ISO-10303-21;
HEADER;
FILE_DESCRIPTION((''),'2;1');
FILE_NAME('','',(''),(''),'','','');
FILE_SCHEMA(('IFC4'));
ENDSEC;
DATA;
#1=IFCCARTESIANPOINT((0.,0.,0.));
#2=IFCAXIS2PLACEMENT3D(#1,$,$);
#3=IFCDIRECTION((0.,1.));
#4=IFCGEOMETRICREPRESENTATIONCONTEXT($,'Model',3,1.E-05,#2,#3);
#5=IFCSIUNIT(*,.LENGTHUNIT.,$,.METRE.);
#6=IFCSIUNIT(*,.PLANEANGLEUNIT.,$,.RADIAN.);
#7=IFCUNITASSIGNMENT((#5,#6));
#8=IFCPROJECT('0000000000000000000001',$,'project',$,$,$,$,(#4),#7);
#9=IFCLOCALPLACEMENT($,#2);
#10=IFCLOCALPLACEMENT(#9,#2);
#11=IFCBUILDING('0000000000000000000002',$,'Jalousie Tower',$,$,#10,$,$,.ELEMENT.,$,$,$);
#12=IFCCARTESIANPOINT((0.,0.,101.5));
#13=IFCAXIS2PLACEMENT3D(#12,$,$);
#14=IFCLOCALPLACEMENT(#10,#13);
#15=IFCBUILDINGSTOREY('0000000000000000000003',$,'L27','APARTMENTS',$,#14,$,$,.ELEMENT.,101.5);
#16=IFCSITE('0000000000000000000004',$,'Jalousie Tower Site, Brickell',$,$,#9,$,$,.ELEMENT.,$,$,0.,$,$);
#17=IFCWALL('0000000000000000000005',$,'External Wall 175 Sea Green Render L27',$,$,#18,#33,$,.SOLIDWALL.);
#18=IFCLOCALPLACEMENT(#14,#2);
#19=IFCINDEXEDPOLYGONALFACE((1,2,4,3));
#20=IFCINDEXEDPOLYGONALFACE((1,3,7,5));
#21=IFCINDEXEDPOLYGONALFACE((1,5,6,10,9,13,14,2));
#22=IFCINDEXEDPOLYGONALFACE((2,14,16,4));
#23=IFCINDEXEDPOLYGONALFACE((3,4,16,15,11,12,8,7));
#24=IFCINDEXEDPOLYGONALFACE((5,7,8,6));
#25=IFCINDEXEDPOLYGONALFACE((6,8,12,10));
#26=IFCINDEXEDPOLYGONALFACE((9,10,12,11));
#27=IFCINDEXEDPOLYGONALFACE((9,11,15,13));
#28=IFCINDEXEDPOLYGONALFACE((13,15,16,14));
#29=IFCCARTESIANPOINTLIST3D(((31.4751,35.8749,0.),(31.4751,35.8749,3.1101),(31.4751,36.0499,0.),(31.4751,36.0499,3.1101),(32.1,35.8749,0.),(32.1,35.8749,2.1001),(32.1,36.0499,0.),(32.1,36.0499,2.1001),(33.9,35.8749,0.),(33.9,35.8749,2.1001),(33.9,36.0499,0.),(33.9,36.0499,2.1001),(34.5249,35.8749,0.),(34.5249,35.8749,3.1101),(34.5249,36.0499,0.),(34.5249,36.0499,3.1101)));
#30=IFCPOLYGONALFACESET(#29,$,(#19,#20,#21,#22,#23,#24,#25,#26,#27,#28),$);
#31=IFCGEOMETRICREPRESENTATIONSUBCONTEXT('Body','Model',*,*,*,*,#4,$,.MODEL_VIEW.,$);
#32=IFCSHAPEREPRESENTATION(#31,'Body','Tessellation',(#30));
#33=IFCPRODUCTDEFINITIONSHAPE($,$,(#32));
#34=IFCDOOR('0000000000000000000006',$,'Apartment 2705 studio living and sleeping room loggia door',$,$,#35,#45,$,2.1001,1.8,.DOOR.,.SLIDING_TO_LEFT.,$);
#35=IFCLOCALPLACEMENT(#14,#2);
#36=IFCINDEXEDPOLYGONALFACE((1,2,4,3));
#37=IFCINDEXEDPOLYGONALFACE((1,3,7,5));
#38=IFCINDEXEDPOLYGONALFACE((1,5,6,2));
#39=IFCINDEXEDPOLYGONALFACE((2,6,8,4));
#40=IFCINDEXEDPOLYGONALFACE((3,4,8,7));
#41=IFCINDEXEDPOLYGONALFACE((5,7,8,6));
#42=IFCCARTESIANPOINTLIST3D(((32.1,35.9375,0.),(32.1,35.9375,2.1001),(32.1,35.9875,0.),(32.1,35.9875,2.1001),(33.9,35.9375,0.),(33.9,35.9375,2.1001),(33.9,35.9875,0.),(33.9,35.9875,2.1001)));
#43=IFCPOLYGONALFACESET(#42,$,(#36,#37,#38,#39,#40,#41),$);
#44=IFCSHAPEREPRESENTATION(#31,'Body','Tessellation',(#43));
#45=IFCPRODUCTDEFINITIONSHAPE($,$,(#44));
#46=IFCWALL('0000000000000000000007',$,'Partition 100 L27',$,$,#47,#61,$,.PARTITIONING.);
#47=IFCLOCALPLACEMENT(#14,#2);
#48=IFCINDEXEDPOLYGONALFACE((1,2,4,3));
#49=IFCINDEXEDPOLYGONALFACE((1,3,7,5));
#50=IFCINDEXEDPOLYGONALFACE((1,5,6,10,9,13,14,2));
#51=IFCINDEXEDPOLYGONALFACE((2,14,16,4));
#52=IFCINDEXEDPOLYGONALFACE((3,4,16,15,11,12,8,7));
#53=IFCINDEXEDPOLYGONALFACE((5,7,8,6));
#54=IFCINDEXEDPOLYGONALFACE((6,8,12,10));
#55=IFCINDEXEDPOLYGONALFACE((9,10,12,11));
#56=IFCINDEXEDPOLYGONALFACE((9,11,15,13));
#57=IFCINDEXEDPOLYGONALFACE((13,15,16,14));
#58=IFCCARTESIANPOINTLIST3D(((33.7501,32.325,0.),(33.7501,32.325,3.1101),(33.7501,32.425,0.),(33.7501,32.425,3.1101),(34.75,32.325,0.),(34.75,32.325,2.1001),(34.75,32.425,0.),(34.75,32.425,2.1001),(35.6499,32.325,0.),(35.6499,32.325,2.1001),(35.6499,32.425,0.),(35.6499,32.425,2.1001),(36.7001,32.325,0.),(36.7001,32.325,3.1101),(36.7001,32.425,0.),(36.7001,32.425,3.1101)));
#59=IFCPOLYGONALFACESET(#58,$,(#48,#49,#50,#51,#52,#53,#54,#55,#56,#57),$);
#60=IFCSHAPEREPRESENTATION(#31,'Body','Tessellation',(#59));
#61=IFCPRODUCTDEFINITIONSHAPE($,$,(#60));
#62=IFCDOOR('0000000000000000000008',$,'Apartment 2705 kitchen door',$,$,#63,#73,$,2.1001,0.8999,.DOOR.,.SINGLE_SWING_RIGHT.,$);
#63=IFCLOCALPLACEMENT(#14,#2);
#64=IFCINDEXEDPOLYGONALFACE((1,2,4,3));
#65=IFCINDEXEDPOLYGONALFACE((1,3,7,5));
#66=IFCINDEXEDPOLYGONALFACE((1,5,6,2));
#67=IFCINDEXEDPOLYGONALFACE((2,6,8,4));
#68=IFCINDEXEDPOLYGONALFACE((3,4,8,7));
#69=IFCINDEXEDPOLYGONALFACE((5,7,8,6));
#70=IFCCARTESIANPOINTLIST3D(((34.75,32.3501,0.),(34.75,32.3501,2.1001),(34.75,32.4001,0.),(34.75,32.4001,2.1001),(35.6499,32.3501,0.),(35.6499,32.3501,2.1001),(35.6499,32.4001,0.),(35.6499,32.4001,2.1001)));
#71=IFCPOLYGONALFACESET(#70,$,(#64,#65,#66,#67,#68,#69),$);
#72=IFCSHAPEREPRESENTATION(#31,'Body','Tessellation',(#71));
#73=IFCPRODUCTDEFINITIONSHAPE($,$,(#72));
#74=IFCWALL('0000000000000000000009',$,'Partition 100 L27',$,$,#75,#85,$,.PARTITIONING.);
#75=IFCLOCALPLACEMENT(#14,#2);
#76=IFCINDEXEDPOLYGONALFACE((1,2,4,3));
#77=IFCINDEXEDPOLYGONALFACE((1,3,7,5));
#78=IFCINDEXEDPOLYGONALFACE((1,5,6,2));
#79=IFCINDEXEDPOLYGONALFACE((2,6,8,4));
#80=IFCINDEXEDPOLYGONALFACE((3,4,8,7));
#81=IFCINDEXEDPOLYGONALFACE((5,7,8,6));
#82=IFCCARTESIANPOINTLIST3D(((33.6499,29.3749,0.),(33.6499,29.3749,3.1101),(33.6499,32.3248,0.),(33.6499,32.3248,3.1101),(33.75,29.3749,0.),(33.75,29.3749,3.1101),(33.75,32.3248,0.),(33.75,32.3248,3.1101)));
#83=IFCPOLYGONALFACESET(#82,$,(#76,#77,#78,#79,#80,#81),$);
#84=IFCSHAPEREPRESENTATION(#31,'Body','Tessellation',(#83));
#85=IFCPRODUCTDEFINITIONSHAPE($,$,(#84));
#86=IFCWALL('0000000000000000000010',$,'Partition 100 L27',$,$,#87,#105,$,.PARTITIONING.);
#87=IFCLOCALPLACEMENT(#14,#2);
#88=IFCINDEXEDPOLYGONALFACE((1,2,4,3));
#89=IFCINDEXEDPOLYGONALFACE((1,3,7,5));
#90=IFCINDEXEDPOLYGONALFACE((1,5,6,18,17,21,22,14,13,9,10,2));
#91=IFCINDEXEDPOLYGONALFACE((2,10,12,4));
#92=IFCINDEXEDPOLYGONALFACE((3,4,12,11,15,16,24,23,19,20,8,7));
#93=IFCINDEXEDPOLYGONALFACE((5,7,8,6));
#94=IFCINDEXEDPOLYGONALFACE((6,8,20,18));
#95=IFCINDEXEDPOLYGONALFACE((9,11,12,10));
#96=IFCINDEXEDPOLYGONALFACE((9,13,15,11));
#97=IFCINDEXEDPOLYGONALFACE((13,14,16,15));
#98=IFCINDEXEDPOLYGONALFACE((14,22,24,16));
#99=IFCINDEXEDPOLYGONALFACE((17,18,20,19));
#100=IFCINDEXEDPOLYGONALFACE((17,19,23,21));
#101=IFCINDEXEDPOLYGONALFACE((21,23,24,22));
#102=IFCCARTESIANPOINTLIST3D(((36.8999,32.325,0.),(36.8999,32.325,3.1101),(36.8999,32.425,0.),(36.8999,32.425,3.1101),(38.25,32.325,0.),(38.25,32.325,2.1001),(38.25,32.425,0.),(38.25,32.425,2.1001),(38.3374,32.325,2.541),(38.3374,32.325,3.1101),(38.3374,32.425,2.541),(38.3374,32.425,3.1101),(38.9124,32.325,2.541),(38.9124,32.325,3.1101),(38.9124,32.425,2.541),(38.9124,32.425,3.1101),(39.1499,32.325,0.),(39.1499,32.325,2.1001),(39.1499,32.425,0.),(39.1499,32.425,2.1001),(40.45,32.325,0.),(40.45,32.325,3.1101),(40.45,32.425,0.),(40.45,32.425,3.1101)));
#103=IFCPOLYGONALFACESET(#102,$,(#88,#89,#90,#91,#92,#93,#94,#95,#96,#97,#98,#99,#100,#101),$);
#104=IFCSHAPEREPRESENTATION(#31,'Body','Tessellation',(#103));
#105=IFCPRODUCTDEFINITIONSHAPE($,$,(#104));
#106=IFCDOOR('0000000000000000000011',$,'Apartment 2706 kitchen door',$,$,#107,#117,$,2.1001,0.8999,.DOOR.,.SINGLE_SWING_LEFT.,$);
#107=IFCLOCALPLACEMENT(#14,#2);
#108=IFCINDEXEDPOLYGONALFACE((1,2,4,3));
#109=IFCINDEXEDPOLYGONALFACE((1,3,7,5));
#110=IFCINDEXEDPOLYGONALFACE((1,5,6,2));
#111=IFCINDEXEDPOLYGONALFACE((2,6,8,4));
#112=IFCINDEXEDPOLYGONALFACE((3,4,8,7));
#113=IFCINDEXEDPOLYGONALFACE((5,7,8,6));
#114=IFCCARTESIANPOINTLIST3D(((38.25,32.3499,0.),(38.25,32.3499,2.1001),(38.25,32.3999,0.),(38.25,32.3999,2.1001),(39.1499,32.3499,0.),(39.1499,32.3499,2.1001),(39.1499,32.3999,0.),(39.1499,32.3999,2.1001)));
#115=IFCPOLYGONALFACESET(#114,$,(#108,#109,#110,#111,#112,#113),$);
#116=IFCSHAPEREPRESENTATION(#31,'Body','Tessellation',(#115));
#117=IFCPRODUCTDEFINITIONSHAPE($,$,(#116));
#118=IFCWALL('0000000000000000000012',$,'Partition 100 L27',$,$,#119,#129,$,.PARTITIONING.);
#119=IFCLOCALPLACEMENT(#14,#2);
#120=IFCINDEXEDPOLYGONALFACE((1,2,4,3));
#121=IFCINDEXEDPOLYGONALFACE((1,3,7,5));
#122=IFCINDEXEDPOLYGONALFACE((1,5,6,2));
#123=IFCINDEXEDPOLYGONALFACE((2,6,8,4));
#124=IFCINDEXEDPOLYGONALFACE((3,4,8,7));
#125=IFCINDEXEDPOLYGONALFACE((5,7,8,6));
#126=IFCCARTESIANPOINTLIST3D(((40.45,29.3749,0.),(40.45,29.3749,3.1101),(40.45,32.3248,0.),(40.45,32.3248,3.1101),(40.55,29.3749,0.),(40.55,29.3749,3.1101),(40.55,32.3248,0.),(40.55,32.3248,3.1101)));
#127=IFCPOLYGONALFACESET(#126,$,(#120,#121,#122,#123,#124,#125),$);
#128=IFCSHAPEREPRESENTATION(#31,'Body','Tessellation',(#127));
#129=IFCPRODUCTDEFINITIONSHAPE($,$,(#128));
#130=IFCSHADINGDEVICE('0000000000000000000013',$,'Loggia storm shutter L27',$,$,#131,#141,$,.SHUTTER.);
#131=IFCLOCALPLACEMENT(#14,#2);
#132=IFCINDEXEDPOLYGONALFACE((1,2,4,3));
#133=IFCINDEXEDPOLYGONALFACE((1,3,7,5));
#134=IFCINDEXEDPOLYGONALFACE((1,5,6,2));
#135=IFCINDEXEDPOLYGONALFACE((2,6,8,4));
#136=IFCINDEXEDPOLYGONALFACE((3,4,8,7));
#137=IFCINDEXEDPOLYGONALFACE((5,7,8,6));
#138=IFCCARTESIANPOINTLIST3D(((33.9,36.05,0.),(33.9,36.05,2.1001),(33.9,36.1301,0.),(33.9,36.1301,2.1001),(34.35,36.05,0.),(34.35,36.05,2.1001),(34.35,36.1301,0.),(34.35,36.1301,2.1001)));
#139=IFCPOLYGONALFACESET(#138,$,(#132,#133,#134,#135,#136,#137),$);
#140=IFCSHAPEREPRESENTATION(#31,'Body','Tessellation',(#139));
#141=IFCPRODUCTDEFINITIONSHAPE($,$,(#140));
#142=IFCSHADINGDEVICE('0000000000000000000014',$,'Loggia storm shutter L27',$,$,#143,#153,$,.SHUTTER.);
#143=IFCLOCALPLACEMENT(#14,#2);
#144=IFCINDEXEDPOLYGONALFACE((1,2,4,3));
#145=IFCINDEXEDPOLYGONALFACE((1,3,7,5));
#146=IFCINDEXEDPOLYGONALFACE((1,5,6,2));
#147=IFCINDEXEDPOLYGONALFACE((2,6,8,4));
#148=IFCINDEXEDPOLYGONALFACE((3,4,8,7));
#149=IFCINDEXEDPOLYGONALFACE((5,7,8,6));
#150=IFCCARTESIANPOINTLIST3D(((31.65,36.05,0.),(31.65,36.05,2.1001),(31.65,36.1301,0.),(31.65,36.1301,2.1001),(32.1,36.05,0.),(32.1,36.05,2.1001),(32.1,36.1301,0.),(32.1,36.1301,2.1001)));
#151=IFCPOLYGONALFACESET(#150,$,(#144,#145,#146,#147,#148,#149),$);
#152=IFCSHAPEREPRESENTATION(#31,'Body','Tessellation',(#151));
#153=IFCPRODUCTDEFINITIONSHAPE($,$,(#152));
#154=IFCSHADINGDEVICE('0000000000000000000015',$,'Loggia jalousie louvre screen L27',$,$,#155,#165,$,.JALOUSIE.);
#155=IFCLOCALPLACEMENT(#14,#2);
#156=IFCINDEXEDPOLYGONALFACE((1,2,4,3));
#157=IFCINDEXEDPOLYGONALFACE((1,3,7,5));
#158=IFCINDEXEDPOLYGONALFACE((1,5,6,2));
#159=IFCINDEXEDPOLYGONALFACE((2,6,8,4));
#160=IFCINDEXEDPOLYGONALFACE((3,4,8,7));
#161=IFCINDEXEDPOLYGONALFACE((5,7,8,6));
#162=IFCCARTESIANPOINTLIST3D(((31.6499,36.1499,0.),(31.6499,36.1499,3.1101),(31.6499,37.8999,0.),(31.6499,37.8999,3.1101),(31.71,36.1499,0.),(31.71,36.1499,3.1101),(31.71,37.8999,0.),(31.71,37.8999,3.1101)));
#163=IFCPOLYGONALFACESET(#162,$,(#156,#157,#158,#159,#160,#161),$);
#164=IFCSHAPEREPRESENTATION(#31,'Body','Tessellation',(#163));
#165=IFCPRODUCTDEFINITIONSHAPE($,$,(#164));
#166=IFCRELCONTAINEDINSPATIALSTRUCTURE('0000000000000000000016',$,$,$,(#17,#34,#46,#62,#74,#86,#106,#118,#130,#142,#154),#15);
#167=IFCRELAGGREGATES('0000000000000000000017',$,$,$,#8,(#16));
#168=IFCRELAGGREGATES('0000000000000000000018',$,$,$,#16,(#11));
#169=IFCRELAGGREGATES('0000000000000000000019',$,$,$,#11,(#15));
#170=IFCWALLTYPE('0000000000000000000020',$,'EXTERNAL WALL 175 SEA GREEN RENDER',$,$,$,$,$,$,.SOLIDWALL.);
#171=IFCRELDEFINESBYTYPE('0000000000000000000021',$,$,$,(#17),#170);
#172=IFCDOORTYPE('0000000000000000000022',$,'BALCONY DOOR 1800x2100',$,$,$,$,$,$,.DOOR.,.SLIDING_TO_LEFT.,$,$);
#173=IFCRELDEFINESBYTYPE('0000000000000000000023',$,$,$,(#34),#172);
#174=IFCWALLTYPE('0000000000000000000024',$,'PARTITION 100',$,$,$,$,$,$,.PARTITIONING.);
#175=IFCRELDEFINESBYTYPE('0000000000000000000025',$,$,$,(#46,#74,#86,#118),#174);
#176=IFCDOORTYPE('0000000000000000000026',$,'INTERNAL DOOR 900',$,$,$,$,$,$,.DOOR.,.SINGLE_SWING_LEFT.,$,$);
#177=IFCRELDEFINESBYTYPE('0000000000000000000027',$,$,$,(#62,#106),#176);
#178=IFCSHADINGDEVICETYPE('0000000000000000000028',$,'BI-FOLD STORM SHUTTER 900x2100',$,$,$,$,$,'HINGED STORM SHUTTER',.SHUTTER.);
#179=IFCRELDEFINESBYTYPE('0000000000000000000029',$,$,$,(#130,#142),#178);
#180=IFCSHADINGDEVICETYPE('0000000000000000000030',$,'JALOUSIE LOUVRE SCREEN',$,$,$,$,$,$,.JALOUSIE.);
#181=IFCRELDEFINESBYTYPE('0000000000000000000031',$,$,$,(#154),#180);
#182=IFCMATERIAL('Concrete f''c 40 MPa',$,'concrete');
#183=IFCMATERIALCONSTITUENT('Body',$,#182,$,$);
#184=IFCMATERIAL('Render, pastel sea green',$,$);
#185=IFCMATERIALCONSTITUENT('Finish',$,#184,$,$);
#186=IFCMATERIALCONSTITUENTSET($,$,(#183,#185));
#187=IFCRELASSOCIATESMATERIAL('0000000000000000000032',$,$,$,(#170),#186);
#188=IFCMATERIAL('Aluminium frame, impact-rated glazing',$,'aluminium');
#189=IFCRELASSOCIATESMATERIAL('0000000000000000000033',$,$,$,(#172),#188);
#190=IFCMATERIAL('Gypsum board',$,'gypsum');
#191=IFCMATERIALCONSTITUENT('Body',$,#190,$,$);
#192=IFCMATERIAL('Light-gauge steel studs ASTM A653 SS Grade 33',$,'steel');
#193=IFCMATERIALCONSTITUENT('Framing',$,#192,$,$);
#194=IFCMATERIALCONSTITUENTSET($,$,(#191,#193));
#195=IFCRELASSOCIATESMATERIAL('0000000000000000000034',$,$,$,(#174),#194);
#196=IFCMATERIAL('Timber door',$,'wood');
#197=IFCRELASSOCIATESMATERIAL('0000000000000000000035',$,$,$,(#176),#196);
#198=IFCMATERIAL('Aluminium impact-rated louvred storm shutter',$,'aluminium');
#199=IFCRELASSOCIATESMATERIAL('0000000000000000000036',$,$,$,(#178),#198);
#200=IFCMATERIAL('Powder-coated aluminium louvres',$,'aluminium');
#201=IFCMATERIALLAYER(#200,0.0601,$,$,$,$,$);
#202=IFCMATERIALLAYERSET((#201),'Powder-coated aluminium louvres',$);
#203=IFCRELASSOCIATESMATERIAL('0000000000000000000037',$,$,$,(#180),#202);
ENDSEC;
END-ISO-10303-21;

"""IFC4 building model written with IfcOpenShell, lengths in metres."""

from ifc_helpers import new_model, si_unit, direction, frame, frame_2d, origin, origin_2d, place, context, subcontext, project, spatial, polyline, rectangle, outline, extrude, material, layer, layer_set, constituent, constituent_set, type_object, element, fill, save


model = new_model("IFC4")

# Units and contexts
model_context = context("Model", 3, precision=1e-05, world=origin(), true_north=direction((0.0, 1.0)))
body_context = subcontext(model_context, "Body", "Model", "MODEL_VIEW")
ifc_project = project(units=[si_unit("LENGTHUNIT", "METRE"), si_unit("PLANEANGLEUNIT", "RADIAN")], contexts=[model_context])

# Site, building, storey
site_placement = place(None, origin())
site = spatial("IfcSite", under=ifc_project, at=site_placement, Name="Jalousie Tower Site, Brickell", CompositionType="ELEMENT", RefElevation=0.0)
building_placement = place(site_placement, origin())
building = spatial("IfcBuilding", under=site, at=building_placement, Name="Jalousie Tower", CompositionType="ELEMENT")
storey_placement = place(building_placement, frame((0.0, 0.0, 101.5)))
storey = spatial("IfcBuildingStorey", under=building, at=storey_placement, Name="L27", Description="APARTMENTS", CompositionType="ELEMENT", Elevation=101.5)

# Walls, openings, doors
ifc_material_1 = material(Name="Concrete f'c 40 MPa", Category="concrete")
ifc_constituent_1 = constituent(ifc_material_1, Name="Body")
ifc_material_2 = material(Name="Render, pastel sea green")
ifc_constituent_2 = constituent(ifc_material_2, Name="Finish")
ifc_constituent_set_1 = constituent_set(constituents=[ifc_constituent_1, ifc_constituent_2])
wall_type_1 = type_object("IfcWallType", Name="EXTERNAL WALL 175 SEA GREEN RENDER", PredefinedType="SOLIDWALL", material=ifc_constituent_set_1)
wall_1_placement = place(storey_placement, frame((34.5249, 35.9624, 0.0), z_axis=(0.0, 0.0, 1.0), x_axis=(-1.0, 0.0, 0.0)))
wall_1 = element("IfcWall", 1, at=wall_1_placement, inside=storey, type_object=wall_type_1, Name="External Wall 175 Sea Green Render L27", PredefinedType="SOLIDWALL", context=body_context, shape_type="SweptSolid", body=[
    extrude(rectangle(XDim=3.0498, YDim=0.175, at=frame_2d((1.5249, 0.0))), origin(), (0.0, 0.0, 1.0), 3.1101),
])
opening_1_placement = place(wall_1_placement, frame((0.625, 0.0, 0.0)))
opening_1 = element("IfcOpeningElement", 2, at=opening_1_placement, cuts=wall_1, PredefinedType="OPENING", context=body_context, shape_type="SweptSolid", body=[
    extrude(rectangle(XDim=1.8, YDim=2.1001, at=frame_2d((0.8999, 1.05))), frame((0.0, 0.0974, 0.0), z_axis=(0.0, -1.0, 0.0), x_axis=(1.0, 0.0, 0.0)), (0.0, 0.0, 1.0), 0.1951),
])
ifc_material_3 = material(Name="Aluminium frame, impact-rated glazing", Category="aluminium")
door_type_1 = type_object("IfcDoorType", Name="BALCONY DOOR 1800x2100", OperationType="SLIDING_TO_LEFT", PredefinedType="DOOR", material=ifc_material_3)
door_1_placement = place(opening_1_placement, origin())
door_1 = element("IfcDoor", 3, at=door_1_placement, inside=storey, type_object=door_type_1, Name="Apartment 2705 studio living and sleeping room loggia door", OperationType="SLIDING_TO_LEFT", OverallHeight=2.1001, OverallWidth=1.8, PredefinedType="DOOR", context=body_context, shape_type="SweptSolid", body=[
    extrude(rectangle(XDim=1.8, YDim=2.1001, at=frame_2d((0.8999, 1.05))), frame((0.0, 0.0249, 0.0), z_axis=(0.0, -1.0, 0.0), x_axis=(1.0, 0.0, 0.0)), (0.0, 0.0, 1.0), 0.05),
])
fill(opening_1, door_1)
ifc_material_4 = material(Name="Gypsum board", Category="gypsum")
ifc_constituent_3 = constituent(ifc_material_4, Name="Body")
ifc_material_5 = material(Name="Light-gauge steel studs ASTM A653 SS Grade 33", Category="steel")
ifc_constituent_4 = constituent(ifc_material_5, Name="Framing")
ifc_constituent_set_2 = constituent_set(constituents=[ifc_constituent_3, ifc_constituent_4])
wall_type_2 = type_object("IfcWallType", Name="PARTITION 100", PredefinedType="PARTITIONING", material=ifc_constituent_set_2)
wall_2_placement = place(storey_placement, frame((33.75, 32.375, 0.0), z_axis=(0.0, 0.0, 1.0), x_axis=(1.0, 0.0, 0.0)))
wall_2 = element("IfcWall", 4, at=wall_2_placement, inside=storey, type_object=wall_type_2, Name="Partition 100 L27", PredefinedType="PARTITIONING", context=body_context, shape_type="SweptSolid", body=[
    extrude(rectangle(XDim=2.95, YDim=0.1001, at=frame_2d((1.4751, 0.0))), origin(), (0.0, 0.0, 1.0), 3.1101),
])
opening_2_placement = place(wall_2_placement, frame((1.0, 0.0, 0.0)))
opening_2 = element("IfcOpeningElement", 5, at=opening_2_placement, cuts=wall_2, PredefinedType="OPENING", context=body_context, shape_type="SweptSolid", body=[
    extrude(rectangle(XDim=0.8999, YDim=2.1001, at=frame_2d((0.45, 1.05))), frame((0.0, 0.0601, 0.0), z_axis=(0.0, -1.0, 0.0), x_axis=(1.0, 0.0, 0.0)), (0.0, 0.0, 1.0), 0.1201),
])
ifc_material_6 = material(Name="Timber door", Category="wood")
door_type_2 = type_object("IfcDoorType", Name="INTERNAL DOOR 900", OperationType="SINGLE_SWING_LEFT", PredefinedType="DOOR", material=ifc_material_6)
door_2_placement = place(opening_2_placement, frame((0.8999, 0.0, 0.0), z_axis=(0.0, 0.0, 1.0), x_axis=(-1.0, 0.0, 0.0)))
door_2 = element("IfcDoor", 6, at=door_2_placement, inside=storey, type_object=door_type_2, Name="Apartment 2705 kitchen door", OperationType="SINGLE_SWING_RIGHT", OverallHeight=2.1001, OverallWidth=0.8999, PredefinedType="DOOR", context=body_context, shape_type="SweptSolid", body=[
    extrude(rectangle(XDim=0.8999, YDim=2.1001, at=frame_2d((0.45, 1.05))), frame((0.0, 0.0249, 0.0), z_axis=(0.0, -1.0, 0.0), x_axis=(1.0, 0.0, 0.0)), (0.0, 0.0, 1.0), 0.05),
])
fill(opening_2, door_2)

# Wall
wall_3_placement = place(storey_placement, frame((33.7, 32.325, 0.0), z_axis=(0.0, 0.0, 1.0), x_axis=(0.0, -1.0, 0.0)))
element("IfcWall", 7, at=wall_3_placement, inside=storey, type_object=wall_type_2, Name="Partition 100 L27", PredefinedType="PARTITIONING", context=body_context, shape_type="SweptSolid", body=[
    extrude(rectangle(XDim=2.95, YDim=0.1001, at=frame_2d((1.4751, 0.0))), origin(), (0.0, 0.0, 1.0), 3.1101),
])

# Wall, opening, door
wall_4_placement = place(storey_placement, frame((36.8999, 32.375, 0.0), z_axis=(0.0, 0.0, 1.0), x_axis=(1.0, 0.0, 0.0)))
wall_4 = element("IfcWall", 8, at=wall_4_placement, inside=storey, type_object=wall_type_2, Name="Partition 100 L27", PredefinedType="PARTITIONING", context=body_context, shape_type="SweptSolid", body=[
    extrude(outline(polyline([(0.0, 0.0), (3.55, 0.0), (3.55, 3.1101), (2.0125, 3.1101), (2.0125, 2.541), (1.4375, 2.541), (1.4375, 3.1101), (0.0, 3.1101), (0.0, 0.0)])), frame((0.0, 0.05, 0.0), z_axis=(0.0, -1.0, 0.0), x_axis=(1.0, 0.0, 0.0)), (0.0, 0.0, 1.0), 0.1001),
])
opening_3_placement = place(wall_4_placement, frame((1.3501, 0.0, 0.0)))
opening_3 = element("IfcOpeningElement", 9, at=opening_3_placement, cuts=wall_4, PredefinedType="OPENING", context=body_context, shape_type="SweptSolid", body=[
    extrude(rectangle(XDim=0.8999, YDim=2.1001, at=frame_2d((0.45, 1.05))), frame((0.0, 0.0601, 0.0), z_axis=(0.0, -1.0, 0.0), x_axis=(1.0, 0.0, 0.0)), (0.0, 0.0, 1.0), 0.1201),
])
door_3_placement = place(opening_3_placement, origin())
door_3 = element("IfcDoor", 10, at=door_3_placement, inside=storey, type_object=door_type_2, Name="Apartment 2706 kitchen door", OperationType="SINGLE_SWING_LEFT", OverallHeight=2.1001, OverallWidth=0.8999, PredefinedType="DOOR", context=body_context, shape_type="SweptSolid", body=[
    extrude(rectangle(XDim=0.8999, YDim=2.1001, at=frame_2d((0.45, 1.05))), frame((0.0, 0.0249, 0.0), z_axis=(0.0, -1.0, 0.0), x_axis=(1.0, 0.0, 0.0)), (0.0, 0.0, 1.0), 0.05),
])
fill(opening_3, door_3)

# Wall
wall_5_placement = place(storey_placement, frame((40.5, 32.325, 0.0), z_axis=(0.0, 0.0, 1.0), x_axis=(0.0, -1.0, 0.0)))
element("IfcWall", 11, at=wall_5_placement, inside=storey, type_object=wall_type_2, Name="Partition 100 L27", PredefinedType="PARTITIONING", context=body_context, shape_type="SweptSolid", body=[
    extrude(rectangle(XDim=2.95, YDim=0.1001, at=frame_2d((1.4751, 0.0))), origin(), (0.0, 0.0, 1.0), 3.1101),
])

# Shading devices
ifc_material_7 = material(Name="Aluminium impact-rated louvred storm shutter", Category="aluminium")
shading_device_type_1 = type_object("IfcShadingDeviceType", Name="BI-FOLD STORM SHUTTER 900x2100", ElementType="HINGED STORM SHUTTER", PredefinedType="SHUTTER", material=ifc_material_7)
for number, where, z_axis, x_axis, name in (
    (12, (34.125, 36.0901, 0.0), (0.0, 0.0, 1.0), (-1.0, 0.0, 0.0), "Loggia storm shutter L27"),
    (13, (31.875, 36.0901, 0.0), (0.0, 0.0, 1.0), (-1.0, 0.0, 0.0), "Loggia storm shutter L27"),
):
    element("IfcShadingDevice", number, at=place(storey_placement, frame(where, z_axis=z_axis, x_axis=x_axis)), inside=storey, type_object=shading_device_type_1, Name=name, PredefinedType="SHUTTER", context=body_context, shape_type="SweptSolid", body=[
        extrude(rectangle(XDim=0.45, YDim=0.0801, at=origin_2d()), origin(), (0.0, 0.0, 1.0), 2.1001),
    ])
ifc_material_8 = material(Name="Powder-coated aluminium louvres", Category="aluminium")
ifc_layer_1 = layer(ifc_material_8, 0.0601)
ifc_layer_set_1 = layer_set([ifc_layer_1], Name="Powder-coated aluminium louvres")
shading_device_type_2 = type_object("IfcShadingDeviceType", Name="JALOUSIE LOUVRE SCREEN", PredefinedType="JALOUSIE", material=ifc_layer_set_1)
shading_device_placement = place(storey_placement, frame((31.6799, 37.0249, 0.0), z_axis=(0.0, 0.0, 1.0), x_axis=(-1.0, 0.0, 0.0)))
element("IfcShadingDevice", 14, at=shading_device_placement, inside=storey, type_object=shading_device_type_2, Name="Loggia jalousie louvre screen L27", PredefinedType="JALOUSIE", context=body_context, shape_type="SweptSolid", body=[
    extrude(rectangle(XDim=0.0601, YDim=1.75, at=origin_2d()), origin(), (0.0, 0.0, 1.0), 3.1101),
])

save(model, "model.ifc")
